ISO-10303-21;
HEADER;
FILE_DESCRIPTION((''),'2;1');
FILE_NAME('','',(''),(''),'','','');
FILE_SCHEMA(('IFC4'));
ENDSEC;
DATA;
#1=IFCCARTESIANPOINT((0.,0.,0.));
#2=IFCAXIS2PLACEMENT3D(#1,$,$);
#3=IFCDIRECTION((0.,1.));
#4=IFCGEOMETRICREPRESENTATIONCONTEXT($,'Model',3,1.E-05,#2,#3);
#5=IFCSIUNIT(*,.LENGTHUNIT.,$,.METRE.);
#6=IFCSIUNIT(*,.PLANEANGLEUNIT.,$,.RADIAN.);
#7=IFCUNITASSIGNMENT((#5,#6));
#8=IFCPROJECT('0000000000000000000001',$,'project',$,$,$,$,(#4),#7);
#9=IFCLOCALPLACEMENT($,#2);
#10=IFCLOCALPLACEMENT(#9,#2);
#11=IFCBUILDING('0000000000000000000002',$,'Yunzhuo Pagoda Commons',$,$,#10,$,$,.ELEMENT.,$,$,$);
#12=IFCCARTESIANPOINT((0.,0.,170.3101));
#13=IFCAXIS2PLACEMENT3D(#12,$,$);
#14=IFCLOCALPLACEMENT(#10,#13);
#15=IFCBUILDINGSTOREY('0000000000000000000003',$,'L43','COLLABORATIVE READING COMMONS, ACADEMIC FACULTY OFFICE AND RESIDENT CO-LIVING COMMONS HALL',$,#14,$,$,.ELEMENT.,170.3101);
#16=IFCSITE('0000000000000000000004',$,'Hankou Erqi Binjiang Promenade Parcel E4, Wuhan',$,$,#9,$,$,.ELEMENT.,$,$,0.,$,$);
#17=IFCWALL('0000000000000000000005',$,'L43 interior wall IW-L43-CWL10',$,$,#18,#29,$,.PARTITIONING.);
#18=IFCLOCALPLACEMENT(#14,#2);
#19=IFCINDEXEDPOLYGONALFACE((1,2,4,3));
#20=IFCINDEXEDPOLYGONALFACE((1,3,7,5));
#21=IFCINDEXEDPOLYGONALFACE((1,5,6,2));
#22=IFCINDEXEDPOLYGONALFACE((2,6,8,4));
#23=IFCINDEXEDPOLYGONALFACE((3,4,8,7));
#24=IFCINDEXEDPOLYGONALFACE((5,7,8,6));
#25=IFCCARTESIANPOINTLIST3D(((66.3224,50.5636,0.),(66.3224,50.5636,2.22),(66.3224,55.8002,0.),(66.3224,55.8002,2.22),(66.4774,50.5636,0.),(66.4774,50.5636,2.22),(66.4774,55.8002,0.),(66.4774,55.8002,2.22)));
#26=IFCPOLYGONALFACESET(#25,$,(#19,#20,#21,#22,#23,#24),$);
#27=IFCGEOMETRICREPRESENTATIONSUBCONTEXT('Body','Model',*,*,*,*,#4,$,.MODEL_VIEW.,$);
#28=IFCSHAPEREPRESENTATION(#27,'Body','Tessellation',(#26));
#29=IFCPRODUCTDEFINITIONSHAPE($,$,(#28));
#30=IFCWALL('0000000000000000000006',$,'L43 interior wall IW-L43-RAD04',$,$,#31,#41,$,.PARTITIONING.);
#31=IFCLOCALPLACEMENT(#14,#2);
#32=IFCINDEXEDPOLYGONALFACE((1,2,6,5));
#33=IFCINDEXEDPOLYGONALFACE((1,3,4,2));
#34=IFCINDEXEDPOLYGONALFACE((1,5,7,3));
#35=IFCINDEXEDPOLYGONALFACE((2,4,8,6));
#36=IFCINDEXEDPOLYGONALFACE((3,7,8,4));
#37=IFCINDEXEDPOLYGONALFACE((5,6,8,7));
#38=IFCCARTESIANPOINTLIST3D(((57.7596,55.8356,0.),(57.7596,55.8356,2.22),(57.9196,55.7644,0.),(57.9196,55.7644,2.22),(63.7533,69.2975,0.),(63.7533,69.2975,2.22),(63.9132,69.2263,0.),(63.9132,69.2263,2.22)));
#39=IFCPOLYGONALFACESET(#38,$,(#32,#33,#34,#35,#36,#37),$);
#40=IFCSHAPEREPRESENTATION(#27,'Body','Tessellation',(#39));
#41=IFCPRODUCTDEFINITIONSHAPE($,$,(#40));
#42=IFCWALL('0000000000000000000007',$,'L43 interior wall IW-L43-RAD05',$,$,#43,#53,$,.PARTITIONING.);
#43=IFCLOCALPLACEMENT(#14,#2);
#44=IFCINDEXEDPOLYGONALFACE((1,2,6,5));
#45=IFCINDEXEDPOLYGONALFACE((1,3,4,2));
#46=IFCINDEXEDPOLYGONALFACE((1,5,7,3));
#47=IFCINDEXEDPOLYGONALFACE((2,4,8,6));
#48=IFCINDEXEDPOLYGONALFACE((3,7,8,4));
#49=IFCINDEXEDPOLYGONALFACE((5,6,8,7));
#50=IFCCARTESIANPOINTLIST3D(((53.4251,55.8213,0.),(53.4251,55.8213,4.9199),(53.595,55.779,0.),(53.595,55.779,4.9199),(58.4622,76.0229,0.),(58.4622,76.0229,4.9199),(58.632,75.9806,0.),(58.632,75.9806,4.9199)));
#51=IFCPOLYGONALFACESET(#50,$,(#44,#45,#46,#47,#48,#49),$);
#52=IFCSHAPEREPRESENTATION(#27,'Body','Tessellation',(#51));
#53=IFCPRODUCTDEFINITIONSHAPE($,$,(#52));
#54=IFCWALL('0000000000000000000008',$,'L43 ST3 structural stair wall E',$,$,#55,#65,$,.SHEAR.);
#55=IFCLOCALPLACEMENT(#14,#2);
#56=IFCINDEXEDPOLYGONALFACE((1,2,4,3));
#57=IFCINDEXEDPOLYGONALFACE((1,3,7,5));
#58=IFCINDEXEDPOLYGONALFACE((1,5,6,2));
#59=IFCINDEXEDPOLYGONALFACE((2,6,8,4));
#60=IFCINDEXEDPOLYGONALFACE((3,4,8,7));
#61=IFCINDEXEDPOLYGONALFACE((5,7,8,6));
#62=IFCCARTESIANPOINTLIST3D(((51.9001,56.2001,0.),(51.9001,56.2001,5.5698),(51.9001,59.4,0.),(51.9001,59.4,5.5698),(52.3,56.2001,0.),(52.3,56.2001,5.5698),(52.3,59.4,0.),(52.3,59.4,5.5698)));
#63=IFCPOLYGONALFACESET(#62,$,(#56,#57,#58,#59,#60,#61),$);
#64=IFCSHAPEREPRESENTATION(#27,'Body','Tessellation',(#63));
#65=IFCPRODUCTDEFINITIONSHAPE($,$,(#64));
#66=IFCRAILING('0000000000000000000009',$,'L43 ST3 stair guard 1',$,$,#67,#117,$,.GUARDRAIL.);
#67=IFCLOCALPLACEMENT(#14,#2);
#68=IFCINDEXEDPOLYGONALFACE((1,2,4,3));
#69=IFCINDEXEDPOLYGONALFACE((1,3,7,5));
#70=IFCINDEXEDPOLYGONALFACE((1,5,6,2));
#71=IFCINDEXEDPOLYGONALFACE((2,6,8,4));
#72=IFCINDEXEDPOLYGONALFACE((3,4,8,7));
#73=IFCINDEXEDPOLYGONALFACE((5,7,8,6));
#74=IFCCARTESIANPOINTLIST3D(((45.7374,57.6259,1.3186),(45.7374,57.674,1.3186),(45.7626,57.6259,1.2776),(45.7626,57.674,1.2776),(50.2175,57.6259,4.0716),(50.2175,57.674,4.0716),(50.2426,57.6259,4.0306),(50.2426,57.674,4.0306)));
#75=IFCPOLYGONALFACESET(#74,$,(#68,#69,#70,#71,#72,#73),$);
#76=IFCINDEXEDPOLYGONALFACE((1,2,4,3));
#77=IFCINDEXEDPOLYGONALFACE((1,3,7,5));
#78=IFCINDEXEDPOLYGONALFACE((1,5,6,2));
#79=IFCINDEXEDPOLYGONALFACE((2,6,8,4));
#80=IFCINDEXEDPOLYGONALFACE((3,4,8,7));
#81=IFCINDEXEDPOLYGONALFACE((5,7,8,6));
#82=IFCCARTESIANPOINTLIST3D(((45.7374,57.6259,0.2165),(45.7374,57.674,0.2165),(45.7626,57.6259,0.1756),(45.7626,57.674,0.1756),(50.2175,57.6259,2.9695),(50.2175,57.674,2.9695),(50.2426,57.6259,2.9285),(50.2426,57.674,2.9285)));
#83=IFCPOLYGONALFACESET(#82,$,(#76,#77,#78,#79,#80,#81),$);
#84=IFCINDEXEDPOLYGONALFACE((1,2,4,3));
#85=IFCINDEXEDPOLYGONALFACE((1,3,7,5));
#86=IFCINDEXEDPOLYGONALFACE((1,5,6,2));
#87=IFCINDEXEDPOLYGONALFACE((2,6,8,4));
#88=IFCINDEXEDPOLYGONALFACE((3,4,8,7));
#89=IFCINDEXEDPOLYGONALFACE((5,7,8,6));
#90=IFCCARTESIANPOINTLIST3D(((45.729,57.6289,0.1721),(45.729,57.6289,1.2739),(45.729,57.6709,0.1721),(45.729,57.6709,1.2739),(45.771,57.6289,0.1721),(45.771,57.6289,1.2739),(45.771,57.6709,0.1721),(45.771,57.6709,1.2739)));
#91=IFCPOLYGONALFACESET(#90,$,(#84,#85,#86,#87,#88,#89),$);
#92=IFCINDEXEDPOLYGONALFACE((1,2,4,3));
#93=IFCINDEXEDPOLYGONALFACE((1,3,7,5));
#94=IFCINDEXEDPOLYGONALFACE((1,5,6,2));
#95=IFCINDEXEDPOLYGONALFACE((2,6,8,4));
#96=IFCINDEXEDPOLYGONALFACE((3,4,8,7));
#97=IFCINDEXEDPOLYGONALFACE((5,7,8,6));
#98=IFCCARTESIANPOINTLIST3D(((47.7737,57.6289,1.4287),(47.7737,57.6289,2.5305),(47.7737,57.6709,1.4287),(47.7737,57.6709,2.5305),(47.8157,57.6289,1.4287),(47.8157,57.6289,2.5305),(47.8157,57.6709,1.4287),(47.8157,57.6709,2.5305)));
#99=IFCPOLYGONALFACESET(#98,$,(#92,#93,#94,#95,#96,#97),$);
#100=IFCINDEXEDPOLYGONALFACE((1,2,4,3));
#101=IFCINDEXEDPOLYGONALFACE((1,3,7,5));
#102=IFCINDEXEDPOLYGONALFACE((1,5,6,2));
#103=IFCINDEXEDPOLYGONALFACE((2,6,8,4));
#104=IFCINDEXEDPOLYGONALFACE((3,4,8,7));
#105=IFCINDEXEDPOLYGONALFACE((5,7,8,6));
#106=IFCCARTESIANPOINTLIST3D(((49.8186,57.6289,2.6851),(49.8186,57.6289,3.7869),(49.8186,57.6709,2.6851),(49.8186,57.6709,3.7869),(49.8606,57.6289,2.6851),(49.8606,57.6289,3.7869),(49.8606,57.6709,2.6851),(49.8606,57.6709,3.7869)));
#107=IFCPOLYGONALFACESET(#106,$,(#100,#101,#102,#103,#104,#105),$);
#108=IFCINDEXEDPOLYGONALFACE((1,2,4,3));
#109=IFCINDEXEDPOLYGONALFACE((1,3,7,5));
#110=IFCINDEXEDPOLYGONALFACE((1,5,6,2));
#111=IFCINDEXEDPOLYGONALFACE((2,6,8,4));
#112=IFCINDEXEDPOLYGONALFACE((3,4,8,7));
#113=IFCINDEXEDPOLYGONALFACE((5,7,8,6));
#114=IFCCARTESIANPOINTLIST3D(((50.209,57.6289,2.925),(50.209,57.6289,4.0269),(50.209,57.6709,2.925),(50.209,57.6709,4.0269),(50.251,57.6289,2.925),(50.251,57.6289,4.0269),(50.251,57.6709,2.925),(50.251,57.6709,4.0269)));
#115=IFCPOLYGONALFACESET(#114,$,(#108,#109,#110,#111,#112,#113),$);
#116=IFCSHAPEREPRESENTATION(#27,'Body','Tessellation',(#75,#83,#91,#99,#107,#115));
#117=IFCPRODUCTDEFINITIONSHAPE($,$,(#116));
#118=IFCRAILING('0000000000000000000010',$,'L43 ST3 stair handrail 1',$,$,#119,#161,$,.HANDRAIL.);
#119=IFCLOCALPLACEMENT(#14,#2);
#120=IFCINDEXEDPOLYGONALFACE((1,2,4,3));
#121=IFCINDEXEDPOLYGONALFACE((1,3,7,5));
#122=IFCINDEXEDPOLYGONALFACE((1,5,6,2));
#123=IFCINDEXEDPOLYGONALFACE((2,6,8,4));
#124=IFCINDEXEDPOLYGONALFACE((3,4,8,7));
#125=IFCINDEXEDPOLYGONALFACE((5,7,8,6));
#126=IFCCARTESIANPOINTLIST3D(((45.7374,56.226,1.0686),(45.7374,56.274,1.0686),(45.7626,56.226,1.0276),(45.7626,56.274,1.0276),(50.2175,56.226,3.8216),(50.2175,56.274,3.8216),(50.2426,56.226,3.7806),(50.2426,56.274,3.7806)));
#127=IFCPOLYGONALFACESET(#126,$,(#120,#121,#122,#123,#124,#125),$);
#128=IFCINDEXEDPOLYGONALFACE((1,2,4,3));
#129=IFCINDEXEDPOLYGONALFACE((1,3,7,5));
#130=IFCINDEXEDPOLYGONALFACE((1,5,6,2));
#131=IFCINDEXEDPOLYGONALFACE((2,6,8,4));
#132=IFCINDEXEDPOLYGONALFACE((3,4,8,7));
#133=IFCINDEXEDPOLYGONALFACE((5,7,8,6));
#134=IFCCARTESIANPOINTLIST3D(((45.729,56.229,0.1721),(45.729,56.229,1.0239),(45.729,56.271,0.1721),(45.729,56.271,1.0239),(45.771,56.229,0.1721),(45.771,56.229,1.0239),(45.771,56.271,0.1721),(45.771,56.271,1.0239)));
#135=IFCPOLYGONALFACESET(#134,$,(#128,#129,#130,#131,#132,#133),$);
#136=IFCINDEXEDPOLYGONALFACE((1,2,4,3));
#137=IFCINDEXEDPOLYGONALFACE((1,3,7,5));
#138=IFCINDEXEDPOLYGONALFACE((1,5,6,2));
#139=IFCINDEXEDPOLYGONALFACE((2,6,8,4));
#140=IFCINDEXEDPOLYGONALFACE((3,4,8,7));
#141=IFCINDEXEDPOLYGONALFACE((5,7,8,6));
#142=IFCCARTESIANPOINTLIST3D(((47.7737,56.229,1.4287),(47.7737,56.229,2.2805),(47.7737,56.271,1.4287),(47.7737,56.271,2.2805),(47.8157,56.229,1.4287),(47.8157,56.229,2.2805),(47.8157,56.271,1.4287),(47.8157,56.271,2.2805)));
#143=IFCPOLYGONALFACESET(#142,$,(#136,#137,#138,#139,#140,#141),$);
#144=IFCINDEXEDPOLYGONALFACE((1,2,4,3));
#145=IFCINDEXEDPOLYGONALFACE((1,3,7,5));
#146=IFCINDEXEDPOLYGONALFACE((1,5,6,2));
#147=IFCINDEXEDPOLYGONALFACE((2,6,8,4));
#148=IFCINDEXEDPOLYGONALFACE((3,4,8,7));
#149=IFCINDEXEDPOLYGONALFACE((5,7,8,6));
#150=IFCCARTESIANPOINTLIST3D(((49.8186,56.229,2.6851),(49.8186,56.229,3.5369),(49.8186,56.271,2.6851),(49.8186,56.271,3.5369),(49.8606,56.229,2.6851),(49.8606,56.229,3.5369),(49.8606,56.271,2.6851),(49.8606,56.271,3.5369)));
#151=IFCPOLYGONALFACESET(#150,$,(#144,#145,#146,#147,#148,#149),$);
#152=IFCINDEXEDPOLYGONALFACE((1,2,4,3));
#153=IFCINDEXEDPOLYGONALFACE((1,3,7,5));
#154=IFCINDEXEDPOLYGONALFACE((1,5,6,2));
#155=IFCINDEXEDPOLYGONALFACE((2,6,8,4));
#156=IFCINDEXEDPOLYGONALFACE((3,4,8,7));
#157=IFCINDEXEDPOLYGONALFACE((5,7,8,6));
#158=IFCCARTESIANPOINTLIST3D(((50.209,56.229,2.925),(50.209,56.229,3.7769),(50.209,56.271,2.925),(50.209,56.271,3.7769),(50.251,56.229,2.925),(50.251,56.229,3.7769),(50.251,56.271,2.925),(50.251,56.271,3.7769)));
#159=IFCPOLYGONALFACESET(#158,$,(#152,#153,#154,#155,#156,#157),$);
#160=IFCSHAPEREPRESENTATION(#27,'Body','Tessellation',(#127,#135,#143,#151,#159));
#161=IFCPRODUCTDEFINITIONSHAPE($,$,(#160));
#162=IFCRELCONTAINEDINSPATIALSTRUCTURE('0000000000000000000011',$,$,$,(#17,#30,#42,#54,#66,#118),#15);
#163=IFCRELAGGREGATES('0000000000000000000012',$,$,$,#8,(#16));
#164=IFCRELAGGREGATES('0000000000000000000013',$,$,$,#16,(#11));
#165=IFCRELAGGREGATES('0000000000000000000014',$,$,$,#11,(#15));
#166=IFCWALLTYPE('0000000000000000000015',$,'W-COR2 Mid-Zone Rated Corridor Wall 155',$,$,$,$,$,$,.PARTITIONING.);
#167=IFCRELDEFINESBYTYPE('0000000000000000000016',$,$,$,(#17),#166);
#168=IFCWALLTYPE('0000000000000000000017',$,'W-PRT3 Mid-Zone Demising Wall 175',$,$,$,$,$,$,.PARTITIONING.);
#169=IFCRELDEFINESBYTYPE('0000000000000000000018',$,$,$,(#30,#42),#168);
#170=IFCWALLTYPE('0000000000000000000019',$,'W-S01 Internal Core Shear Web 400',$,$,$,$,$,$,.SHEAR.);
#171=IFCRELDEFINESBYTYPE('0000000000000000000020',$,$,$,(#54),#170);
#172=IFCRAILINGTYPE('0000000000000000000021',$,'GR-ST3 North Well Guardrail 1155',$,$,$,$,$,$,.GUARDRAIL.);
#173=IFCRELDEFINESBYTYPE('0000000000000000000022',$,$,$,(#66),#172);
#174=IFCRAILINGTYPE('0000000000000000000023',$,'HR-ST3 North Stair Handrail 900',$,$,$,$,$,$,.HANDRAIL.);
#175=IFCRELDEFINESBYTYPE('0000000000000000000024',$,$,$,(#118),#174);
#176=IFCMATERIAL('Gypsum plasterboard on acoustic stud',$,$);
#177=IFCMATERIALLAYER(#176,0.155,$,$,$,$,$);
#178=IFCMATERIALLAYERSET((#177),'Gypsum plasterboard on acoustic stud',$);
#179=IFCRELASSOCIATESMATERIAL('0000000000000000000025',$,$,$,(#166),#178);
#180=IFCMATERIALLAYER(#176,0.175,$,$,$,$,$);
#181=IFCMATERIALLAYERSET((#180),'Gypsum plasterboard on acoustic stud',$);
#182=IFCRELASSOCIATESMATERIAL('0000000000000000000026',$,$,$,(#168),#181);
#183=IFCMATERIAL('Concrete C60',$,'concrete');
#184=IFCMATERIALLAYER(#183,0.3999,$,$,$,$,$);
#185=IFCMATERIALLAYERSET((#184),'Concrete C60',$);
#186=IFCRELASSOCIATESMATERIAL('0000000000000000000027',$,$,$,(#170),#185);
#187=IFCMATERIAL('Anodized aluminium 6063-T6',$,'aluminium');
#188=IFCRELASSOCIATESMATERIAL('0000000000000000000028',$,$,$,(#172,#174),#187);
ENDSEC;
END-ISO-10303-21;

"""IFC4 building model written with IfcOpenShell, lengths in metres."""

from ifc_helpers import new_model, si_unit, direction, frame, frame_2d, origin, origin_2d, place, context, subcontext, project, spatial, rectangle, extrude, material, layer, layer_set, type_object, element, save


model = new_model("IFC4")

# Units and contexts
model_context = context("Model", 3, precision=1e-05, world=origin(), true_north=direction((0.0, 1.0)))
body_context = subcontext(model_context, "Body", "Model", "MODEL_VIEW")
ifc_project = project(units=[si_unit("LENGTHUNIT", "METRE"), si_unit("PLANEANGLEUNIT", "RADIAN")], contexts=[model_context])

# Site, building, storey
site_placement = place(None, origin())
site = spatial("IfcSite", under=ifc_project, at=site_placement, Name="Hankou Erqi Binjiang Promenade Parcel E4, Wuhan", CompositionType="ELEMENT", RefElevation=0.0)
building_placement = place(site_placement, origin())
building = spatial("IfcBuilding", under=site, at=building_placement, Name="Yunzhuo Pagoda Commons", CompositionType="ELEMENT")
storey_placement = place(building_placement, frame((0.0, 0.0, 170.3101)))
storey = spatial("IfcBuildingStorey", under=building, at=storey_placement, Name="L43", Description="COLLABORATIVE READING COMMONS, ACADEMIC FACULTY OFFICE AND RESIDENT CO-LIVING COMMONS HALL", CompositionType="ELEMENT", Elevation=170.3101)

# Shared definitions
ifc_material_1 = material(Name="Anodized aluminium 6063-T6", Category="aluminium")

# Shared definitions
ifc_material_2 = material(Name="Gypsum plasterboard on acoustic stud")
ifc_layer_1 = layer(ifc_material_2, 0.155)
ifc_layer_set_1 = layer_set([ifc_layer_1], Name="Gypsum plasterboard on acoustic stud")
wall_type_1 = type_object("IfcWallType", Name="W-COR2 Mid-Zone Rated Corridor Wall 155", PredefinedType="PARTITIONING", material=ifc_layer_set_1)

# Walls
wall_1_placement = place(storey_placement, frame((66.3999, 55.8, 0.0), z_axis=(0.0, 0.0, 1.0), x_axis=(0.0, -1.0, 0.0)))
element("IfcWall", 1, at=wall_1_placement, inside=storey, type_object=wall_type_1, Name="L43 interior wall IW-L43-CWL10", PredefinedType="PARTITIONING", context=body_context, shape_type="SweptSolid", body=[
    extrude(rectangle(XDim=5.2366, YDim=0.155, at=frame_2d((2.6182, 0.0))), origin(), (0.0, 0.0, 1.0), 2.22),
])
ifc_layer_2 = layer(ifc_material_2, 0.175)
ifc_layer_set_2 = layer_set([ifc_layer_2], Name="Gypsum plasterboard on acoustic stud")
wall_type_2 = type_object("IfcWallType", Name="W-PRT3 Mid-Zone Demising Wall 175", PredefinedType="PARTITIONING", material=ifc_layer_set_2)
wall_2_placement = place(storey_placement, frame((57.8396, 55.8, 0.0), z_axis=(0.0, 0.0, 1.0), x_axis=(0.406738, 0.913545, 0.0)))
element("IfcWall", 2, at=wall_2_placement, inside=storey, type_object=wall_type_2, Name="L43 interior wall IW-L43-RAD04", PredefinedType="PARTITIONING", context=body_context, shape_type="SweptSolid", body=[
    extrude(rectangle(XDim=14.7358, YDim=0.175, at=frame_2d((7.3679, 0.0))), origin(), (0.0, 0.0, 1.0), 2.22),
])
wall_3_placement = place(storey_placement, frame((53.51, 55.8, 0.0), z_axis=(0.0, 0.0, 1.0), x_axis=(0.241934, 0.970293, 0.0)))
element("IfcWall", 3, at=wall_3_placement, inside=storey, type_object=wall_type_2, Name="L43 interior wall IW-L43-RAD05", PredefinedType="PARTITIONING", context=body_context, shape_type="SweptSolid", body=[
    extrude(rectangle(XDim=20.8201, YDim=0.175, at=frame_2d((10.4102, 0.0))), origin(), (0.0, 0.0, 1.0), 4.9199),
])
ifc_material_3 = material(Name="Concrete C60", Category="concrete")
ifc_layer_3 = layer(ifc_material_3, 0.3999)
ifc_layer_set_3 = layer_set([ifc_layer_3], Name="Concrete C60")
wall_type_3 = type_object("IfcWallType", Name="W-S01 Internal Core Shear Web 400", PredefinedType="SHEAR", material=ifc_layer_set_3)
wall_4_placement = place(storey_placement, frame((52.1001, 56.2, 0.0), z_axis=(0.0, 0.0, 1.0), x_axis=(0.0, 1.0, 0.0)))
element("IfcWall", 4, at=wall_4_placement, inside=storey, type_object=wall_type_3, Name="L43 ST3 structural stair wall E", PredefinedType="SHEAR", context=body_context, shape_type="SweptSolid", body=[
    extrude(rectangle(XDim=3.2, YDim=0.3999, at=frame_2d((1.6001, 0.0))), origin(), (0.0, 0.0, 1.0), 5.5698),
])

# Railings
railing_type_1 = type_object("IfcRailingType", Name="GR-ST3 North Well Guardrail 1155", PredefinedType="GUARDRAIL", material=ifc_material_1)
railing_1_placement = place(storey_placement, frame((45.75, 57.6499, 0.1721)))
element("IfcRailing", 5, at=railing_1_placement, inside=storey, type_object=railing_type_1, Name="L43 ST3 stair guard 1", PredefinedType="GUARDRAIL", context=body_context, shape_type="SweptSolid", body=[
    extrude(rectangle(XDim=0.0481, YDim=0.0481, at=origin_2d()), frame((0.0, 0.0, 1.126), z_axis=(0.851996, 0.0, 0.523548), x_axis=(0.0, 1.0, 0.0)), (0.0, 0.0, 1.0), 5.2583),
    extrude(rectangle(XDim=0.0481, YDim=0.0481, at=origin_2d()), frame((0.0, 0.0, 0.0239), z_axis=(0.851996, 0.0, 0.523548), x_axis=(0.0, 1.0, 0.0)), (0.0, 0.0, 1.0), 5.2583),
    extrude(rectangle(XDim=0.042, YDim=0.042, at=origin_2d()), origin(), (0.0, 0.0, 1.0), 1.1018),
    extrude(rectangle(XDim=0.042, YDim=0.042, at=origin_2d()), frame((2.0447, 0.0, 1.2566)), (0.0, 0.0, 1.0), 1.1018),
    extrude(rectangle(XDim=0.042, YDim=0.042, at=origin_2d()), frame((4.0896, 0.0, 2.5129)), (0.0, 0.0, 1.0), 1.1018),
    extrude(rectangle(XDim=0.042, YDim=0.042, at=origin_2d()), frame((4.48, 0.0, 2.7529)), (0.0, 0.0, 1.0), 1.1018),
])
railing_type_2 = type_object("IfcRailingType", Name="HR-ST3 North Stair Handrail 900", PredefinedType="HANDRAIL", material=ifc_material_1)
railing_2_placement = place(storey_placement, frame((45.75, 56.25, 0.1721)))
element("IfcRailing", 6, at=railing_2_placement, inside=storey, type_object=railing_type_2, Name="L43 ST3 stair handrail 1", PredefinedType="HANDRAIL", context=body_context, shape_type="SweptSolid", body=[
    extrude(rectangle(XDim=0.0481, YDim=0.0481, at=origin_2d()), frame((0.0, 0.0, 0.876), z_axis=(0.851996, 0.0, 0.523548), x_axis=(0.0, 1.0, 0.0)), (0.0, 0.0, 1.0), 5.2583),
    extrude(rectangle(XDim=0.042, YDim=0.042, at=origin_2d()), origin(), (0.0, 0.0, 1.0), 0.8518),
    extrude(rectangle(XDim=0.042, YDim=0.042, at=origin_2d()), frame((2.0447, 0.0, 1.2566)), (0.0, 0.0, 1.0), 0.8518),
    extrude(rectangle(XDim=0.042, YDim=0.042, at=origin_2d()), frame((4.0896, 0.0, 2.5129)), (0.0, 0.0, 1.0), 0.8518),
    extrude(rectangle(XDim=0.042, YDim=0.042, at=origin_2d()), frame((4.48, 0.0, 2.7529)), (0.0, 0.0, 1.0), 0.8518),
])

save(model, "model.ifc")
